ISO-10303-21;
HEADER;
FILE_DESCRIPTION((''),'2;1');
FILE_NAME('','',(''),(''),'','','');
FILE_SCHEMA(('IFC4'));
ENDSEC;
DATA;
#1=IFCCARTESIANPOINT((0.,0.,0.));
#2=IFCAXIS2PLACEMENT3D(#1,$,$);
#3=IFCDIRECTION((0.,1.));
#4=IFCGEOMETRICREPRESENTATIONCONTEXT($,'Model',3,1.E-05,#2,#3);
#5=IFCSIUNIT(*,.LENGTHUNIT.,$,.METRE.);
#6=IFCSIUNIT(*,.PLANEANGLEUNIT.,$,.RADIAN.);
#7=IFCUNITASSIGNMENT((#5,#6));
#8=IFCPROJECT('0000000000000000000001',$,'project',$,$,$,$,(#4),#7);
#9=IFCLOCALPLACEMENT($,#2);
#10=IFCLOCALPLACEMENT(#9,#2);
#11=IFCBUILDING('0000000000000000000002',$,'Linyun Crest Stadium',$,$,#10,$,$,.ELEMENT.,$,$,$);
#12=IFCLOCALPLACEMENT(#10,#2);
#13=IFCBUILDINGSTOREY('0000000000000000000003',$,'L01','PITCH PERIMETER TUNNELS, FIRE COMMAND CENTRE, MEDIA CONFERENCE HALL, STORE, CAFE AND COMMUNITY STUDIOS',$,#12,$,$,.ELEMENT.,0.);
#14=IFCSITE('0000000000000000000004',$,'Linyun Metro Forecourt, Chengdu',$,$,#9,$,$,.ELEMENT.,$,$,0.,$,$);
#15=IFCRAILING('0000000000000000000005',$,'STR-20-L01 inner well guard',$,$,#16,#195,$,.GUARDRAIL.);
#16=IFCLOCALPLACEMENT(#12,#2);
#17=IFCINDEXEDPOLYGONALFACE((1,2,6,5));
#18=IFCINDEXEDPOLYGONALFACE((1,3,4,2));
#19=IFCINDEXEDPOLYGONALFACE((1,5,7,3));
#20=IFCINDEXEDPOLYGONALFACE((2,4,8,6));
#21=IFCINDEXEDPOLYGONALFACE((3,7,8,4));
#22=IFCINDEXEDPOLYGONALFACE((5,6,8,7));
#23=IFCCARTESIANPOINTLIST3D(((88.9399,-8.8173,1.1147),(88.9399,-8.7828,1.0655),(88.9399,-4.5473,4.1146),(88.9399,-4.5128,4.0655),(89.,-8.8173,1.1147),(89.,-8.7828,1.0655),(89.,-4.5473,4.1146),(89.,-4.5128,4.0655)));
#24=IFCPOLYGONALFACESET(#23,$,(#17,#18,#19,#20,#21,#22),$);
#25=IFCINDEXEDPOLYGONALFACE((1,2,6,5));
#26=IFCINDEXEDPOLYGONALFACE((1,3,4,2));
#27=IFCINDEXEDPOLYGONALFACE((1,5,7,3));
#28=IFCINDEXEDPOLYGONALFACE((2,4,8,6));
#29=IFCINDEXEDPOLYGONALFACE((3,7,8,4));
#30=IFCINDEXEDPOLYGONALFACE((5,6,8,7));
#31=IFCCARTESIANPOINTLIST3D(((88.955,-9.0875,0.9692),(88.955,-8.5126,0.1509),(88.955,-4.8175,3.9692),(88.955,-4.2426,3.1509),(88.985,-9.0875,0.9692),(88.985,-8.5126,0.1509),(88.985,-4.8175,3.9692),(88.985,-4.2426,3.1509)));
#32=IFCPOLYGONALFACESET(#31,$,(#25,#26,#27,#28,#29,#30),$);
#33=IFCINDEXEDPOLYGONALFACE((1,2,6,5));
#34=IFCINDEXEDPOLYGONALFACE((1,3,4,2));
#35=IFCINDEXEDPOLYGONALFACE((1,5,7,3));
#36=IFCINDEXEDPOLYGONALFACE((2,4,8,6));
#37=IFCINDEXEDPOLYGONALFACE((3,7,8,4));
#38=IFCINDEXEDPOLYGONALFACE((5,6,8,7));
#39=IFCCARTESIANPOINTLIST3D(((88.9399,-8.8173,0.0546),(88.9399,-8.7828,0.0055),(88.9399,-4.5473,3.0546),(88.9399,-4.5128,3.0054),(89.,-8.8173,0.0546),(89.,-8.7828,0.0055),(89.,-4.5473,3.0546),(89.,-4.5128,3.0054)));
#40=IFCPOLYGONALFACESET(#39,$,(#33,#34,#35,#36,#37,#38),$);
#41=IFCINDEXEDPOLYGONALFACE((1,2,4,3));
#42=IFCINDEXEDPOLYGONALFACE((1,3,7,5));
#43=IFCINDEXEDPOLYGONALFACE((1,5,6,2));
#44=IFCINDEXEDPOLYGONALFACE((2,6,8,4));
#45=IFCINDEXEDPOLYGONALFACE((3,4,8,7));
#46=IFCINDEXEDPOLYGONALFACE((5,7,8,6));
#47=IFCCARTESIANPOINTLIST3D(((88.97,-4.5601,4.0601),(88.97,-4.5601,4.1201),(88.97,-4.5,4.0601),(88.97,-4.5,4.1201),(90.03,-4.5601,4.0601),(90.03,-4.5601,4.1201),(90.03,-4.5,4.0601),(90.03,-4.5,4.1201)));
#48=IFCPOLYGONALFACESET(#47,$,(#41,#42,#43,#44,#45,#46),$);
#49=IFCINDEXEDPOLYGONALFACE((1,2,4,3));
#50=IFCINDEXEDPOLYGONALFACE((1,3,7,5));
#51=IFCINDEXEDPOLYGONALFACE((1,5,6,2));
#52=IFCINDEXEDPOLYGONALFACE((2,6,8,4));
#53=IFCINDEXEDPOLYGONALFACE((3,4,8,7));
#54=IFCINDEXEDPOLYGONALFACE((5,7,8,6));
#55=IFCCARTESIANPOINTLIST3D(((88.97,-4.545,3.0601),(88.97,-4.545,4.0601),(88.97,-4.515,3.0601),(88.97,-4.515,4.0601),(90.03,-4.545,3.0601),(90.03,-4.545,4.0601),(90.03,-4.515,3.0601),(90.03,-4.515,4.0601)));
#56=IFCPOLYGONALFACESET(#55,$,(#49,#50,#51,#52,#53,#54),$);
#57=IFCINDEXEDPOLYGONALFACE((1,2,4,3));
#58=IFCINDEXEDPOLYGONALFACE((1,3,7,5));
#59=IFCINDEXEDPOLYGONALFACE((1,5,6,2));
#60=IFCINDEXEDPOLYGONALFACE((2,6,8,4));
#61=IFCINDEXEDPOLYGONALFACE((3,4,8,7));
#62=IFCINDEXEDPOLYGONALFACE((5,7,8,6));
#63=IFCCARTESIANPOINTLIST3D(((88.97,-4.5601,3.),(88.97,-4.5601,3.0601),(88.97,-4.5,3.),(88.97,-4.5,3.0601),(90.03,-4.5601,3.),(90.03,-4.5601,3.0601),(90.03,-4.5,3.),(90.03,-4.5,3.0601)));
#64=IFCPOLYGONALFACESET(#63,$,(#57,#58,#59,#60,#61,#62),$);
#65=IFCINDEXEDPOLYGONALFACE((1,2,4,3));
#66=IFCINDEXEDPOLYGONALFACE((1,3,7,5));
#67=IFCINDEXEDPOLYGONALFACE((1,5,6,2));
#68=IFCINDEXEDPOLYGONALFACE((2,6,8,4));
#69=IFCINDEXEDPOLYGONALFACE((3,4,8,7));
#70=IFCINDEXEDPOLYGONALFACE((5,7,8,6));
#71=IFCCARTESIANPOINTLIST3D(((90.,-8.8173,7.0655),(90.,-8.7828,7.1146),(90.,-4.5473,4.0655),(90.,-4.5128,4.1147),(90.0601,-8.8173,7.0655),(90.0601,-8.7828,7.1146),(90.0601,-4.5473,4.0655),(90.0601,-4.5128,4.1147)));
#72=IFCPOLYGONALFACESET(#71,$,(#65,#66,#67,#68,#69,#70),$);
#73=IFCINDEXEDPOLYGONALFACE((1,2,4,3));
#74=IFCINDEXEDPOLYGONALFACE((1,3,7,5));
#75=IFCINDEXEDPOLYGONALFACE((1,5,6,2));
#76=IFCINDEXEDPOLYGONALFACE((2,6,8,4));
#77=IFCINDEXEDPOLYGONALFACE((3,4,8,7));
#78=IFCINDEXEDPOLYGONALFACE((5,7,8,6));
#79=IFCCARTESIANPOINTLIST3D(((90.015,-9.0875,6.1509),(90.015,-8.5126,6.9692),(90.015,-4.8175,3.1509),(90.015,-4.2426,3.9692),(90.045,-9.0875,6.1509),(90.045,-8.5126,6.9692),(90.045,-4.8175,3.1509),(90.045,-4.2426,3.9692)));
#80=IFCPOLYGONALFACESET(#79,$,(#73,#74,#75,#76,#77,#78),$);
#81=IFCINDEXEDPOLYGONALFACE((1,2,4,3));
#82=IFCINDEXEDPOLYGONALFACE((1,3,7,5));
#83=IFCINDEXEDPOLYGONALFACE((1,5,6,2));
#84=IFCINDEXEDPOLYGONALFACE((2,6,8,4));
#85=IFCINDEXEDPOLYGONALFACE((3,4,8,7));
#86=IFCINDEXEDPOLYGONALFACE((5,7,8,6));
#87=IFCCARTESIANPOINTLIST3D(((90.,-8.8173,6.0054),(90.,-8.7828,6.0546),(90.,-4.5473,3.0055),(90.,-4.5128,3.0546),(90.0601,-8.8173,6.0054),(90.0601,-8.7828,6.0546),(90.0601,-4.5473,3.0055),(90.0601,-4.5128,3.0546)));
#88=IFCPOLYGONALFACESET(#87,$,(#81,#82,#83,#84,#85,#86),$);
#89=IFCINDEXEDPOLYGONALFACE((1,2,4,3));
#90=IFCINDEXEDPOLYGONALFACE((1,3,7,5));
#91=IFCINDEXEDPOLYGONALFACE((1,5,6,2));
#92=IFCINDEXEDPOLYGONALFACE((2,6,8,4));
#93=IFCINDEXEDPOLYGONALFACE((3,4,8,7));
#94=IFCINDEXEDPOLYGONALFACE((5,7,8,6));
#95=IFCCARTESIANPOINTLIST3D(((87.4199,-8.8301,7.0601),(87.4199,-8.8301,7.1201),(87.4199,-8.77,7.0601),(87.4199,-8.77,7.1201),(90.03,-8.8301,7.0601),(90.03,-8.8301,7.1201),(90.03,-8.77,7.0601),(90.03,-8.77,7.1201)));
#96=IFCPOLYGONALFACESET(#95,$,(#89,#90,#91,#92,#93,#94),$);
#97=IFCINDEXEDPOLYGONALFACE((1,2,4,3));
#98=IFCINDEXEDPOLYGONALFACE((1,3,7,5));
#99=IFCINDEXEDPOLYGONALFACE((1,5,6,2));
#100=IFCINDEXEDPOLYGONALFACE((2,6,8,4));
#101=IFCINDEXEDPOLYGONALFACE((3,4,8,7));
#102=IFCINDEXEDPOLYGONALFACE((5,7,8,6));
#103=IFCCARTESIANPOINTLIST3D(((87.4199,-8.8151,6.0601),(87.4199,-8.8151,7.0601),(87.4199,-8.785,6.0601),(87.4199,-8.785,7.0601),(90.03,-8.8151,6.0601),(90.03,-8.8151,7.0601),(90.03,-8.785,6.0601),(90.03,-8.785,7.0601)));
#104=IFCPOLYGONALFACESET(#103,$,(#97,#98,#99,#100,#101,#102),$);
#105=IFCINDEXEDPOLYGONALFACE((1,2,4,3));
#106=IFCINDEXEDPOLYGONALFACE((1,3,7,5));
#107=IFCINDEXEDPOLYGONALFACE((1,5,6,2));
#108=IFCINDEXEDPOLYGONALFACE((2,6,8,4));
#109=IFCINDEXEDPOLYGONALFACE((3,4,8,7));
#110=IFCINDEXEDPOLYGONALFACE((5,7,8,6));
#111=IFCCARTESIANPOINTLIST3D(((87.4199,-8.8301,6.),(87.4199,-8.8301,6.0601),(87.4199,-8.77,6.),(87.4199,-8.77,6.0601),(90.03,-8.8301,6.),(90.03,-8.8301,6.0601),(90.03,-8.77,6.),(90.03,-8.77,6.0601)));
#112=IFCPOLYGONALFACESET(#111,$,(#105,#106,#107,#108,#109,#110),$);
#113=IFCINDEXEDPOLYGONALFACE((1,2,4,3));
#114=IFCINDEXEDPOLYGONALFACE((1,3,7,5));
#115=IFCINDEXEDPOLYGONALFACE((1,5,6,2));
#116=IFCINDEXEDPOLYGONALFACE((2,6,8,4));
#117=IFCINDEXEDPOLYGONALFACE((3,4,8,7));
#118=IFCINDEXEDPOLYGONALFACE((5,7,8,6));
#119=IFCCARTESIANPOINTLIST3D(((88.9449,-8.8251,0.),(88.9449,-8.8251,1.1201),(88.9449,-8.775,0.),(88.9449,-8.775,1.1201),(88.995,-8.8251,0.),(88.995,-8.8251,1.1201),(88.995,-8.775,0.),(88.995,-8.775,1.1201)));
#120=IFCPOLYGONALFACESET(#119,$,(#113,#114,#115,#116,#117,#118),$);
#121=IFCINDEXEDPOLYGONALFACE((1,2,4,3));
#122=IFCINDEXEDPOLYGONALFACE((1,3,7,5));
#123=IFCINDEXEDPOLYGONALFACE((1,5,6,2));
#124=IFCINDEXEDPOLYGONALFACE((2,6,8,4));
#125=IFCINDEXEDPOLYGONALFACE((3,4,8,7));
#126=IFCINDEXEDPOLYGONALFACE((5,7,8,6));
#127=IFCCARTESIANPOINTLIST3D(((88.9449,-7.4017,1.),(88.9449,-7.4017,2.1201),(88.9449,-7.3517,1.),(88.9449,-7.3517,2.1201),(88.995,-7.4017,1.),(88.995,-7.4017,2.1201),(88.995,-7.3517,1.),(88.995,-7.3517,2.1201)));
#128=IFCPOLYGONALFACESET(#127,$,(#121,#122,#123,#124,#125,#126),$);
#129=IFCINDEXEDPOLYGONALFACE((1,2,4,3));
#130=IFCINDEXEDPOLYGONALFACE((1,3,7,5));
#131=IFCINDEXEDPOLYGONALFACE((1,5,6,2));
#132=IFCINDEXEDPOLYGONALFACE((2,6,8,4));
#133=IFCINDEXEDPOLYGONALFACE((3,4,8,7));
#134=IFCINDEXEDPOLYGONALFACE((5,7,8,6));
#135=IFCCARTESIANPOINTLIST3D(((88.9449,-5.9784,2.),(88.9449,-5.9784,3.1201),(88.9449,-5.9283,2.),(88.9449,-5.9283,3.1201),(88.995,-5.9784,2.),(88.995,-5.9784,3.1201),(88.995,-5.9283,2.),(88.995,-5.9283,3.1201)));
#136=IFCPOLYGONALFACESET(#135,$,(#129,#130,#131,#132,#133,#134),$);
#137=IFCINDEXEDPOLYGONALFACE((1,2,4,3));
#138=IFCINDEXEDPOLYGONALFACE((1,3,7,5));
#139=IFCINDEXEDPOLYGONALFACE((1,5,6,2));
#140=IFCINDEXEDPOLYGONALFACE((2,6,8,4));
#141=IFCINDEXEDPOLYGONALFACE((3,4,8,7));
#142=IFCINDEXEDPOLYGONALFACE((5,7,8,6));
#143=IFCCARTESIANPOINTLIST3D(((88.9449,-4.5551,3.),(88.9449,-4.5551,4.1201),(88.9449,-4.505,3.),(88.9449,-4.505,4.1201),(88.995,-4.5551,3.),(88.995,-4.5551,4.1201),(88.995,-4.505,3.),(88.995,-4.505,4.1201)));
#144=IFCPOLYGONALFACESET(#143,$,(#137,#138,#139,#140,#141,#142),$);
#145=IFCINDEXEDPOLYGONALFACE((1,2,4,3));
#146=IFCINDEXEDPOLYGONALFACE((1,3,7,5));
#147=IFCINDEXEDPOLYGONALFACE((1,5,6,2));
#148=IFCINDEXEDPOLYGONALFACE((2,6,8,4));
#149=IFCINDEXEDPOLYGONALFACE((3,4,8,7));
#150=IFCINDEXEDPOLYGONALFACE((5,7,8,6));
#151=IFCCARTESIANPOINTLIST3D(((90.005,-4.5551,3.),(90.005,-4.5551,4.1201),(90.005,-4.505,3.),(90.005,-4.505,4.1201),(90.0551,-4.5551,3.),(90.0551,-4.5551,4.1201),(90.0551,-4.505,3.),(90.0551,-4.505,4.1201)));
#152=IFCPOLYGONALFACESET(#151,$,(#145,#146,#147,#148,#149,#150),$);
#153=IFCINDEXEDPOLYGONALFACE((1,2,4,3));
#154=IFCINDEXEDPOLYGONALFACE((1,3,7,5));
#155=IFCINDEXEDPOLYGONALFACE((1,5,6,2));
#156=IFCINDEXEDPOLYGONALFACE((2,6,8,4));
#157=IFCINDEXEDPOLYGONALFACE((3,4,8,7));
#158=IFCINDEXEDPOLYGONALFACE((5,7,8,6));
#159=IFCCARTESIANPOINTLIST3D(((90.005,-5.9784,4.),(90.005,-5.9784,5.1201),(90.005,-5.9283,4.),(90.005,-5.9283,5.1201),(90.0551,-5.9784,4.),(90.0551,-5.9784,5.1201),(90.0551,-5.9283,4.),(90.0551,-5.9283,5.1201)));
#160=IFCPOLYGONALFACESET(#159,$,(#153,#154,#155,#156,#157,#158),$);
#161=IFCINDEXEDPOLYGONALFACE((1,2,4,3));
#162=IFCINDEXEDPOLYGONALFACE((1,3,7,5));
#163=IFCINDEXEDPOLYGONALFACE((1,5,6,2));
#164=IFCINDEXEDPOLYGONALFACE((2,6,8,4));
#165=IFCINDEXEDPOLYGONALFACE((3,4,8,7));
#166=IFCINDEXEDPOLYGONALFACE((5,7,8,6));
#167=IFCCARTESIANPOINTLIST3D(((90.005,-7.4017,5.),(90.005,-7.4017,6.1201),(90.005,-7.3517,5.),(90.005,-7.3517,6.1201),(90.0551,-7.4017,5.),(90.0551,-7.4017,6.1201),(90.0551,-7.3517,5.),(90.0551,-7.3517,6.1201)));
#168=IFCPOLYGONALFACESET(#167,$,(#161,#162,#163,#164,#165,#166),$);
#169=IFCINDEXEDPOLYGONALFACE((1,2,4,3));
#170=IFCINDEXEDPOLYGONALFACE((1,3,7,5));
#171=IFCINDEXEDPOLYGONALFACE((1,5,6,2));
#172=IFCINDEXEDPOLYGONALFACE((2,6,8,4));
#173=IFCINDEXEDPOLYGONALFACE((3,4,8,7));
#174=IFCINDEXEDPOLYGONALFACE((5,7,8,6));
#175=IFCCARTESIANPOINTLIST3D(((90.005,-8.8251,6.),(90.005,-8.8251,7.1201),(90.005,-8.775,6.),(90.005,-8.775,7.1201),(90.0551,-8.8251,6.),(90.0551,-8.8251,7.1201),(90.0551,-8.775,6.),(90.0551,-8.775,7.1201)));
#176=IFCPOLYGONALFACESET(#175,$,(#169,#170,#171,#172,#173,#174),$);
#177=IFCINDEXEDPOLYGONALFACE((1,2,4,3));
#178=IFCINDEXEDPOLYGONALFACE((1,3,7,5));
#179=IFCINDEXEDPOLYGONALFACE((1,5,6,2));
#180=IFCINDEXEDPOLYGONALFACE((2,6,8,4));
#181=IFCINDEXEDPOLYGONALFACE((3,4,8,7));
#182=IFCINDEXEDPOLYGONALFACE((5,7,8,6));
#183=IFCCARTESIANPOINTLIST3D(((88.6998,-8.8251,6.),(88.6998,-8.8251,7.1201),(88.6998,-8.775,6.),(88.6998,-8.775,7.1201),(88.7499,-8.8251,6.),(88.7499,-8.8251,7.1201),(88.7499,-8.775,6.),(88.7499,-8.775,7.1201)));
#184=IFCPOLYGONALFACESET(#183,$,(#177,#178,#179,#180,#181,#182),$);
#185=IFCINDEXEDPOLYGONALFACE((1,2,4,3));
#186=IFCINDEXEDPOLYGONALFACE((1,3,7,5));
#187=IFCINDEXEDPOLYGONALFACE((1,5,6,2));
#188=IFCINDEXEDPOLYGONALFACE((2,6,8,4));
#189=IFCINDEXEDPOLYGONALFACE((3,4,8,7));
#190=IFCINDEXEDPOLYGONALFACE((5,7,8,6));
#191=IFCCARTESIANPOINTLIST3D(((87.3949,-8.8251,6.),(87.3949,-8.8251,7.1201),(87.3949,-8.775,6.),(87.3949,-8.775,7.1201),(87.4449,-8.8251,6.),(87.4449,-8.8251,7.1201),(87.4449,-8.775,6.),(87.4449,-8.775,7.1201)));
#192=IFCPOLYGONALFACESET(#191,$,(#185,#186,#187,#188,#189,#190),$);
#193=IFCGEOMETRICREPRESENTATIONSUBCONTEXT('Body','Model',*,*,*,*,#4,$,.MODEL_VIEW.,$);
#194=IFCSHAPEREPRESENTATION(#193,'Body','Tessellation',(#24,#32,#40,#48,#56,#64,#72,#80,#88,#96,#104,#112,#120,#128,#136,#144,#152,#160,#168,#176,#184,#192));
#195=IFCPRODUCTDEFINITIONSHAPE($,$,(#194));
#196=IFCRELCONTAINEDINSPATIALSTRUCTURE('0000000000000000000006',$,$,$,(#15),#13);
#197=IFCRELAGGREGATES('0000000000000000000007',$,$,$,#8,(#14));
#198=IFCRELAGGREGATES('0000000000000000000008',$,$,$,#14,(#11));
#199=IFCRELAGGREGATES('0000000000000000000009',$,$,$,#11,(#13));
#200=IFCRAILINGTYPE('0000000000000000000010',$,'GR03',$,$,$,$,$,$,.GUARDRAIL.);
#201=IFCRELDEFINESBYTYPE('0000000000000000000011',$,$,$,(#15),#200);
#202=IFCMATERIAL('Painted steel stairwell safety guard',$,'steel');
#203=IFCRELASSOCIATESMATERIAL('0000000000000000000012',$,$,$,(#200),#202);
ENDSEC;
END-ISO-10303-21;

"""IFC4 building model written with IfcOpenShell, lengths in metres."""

from ifc_helpers import new_model, si_unit, direction, frame, origin, origin_2d, place, context, subcontext, project, spatial, rectangle, extrude, material, type_object, element, save


model = new_model("IFC4")

# Units and contexts
model_context = context("Model", 3, precision=1e-05, world=origin(), true_north=direction((0.0, 1.0)))
body_context = subcontext(model_context, "Body", "Model", "MODEL_VIEW")
ifc_project = project(units=[si_unit("LENGTHUNIT", "METRE"), si_unit("PLANEANGLEUNIT", "RADIAN")], contexts=[model_context])

# Site, building, storey
site_placement = place(None, origin())
site = spatial("IfcSite", under=ifc_project, at=site_placement, Name="Linyun Metro Forecourt, Chengdu", CompositionType="ELEMENT", RefElevation=0.0)
building_placement = place(site_placement, origin())
building = spatial("IfcBuilding", under=site, at=building_placement, Name="Linyun Crest Stadium", CompositionType="ELEMENT")
storey_placement = place(building_placement, origin())
storey = spatial("IfcBuildingStorey", under=building, at=storey_placement, Name="L01", Description="PITCH PERIMETER TUNNELS, FIRE COMMAND CENTRE, MEDIA CONFERENCE HALL, STORE, CAFE AND COMMUNITY STUDIOS", CompositionType="ELEMENT", Elevation=0.0)

# Railing
ifc_material_1 = material(Name="Painted steel stairwell safety guard", Category="steel")
railing_type_1 = type_object("IfcRailingType", Name="GR03", PredefinedType="GUARDRAIL", material=ifc_material_1)
railing_1_placement = place(storey_placement, frame((88.97, -8.8, 0.0)))
element("IfcRailing", 1, at=railing_1_placement, inside=storey, type_object=railing_type_1, Name="STR-20-L01 inner well guard", PredefinedType="GUARDRAIL", context=body_context, shape_type="SweptSolid", body=[
    extrude(rectangle(XDim=0.0601, YDim=0.0601, at=origin_2d()), frame((0.0, 0.0, 1.0901), z_axis=(0.0, 0.818242, 0.574874), x_axis=(-1.0, 0.0, 0.0)), (0.0, 0.0, 1.0), 5.2185),
    extrude(rectangle(XDim=0.03, YDim=1.0, at=origin_2d()), frame((0.0, 0.0, 0.5601), z_axis=(0.0, 0.818242, 0.574874), x_axis=(-1.0, 0.0, 0.0)), (0.0, 0.0, 1.0), 5.2185),
    extrude(rectangle(XDim=0.0601, YDim=0.0601, at=origin_2d()), frame((0.0, 0.0, 0.03), z_axis=(0.0, 0.818242, 0.574874), x_axis=(-1.0, 0.0, 0.0)), (0.0, 0.0, 1.0), 5.2185),
    extrude(rectangle(XDim=0.0601, YDim=0.0601, at=origin_2d()), frame((0.0, 4.27, 4.0901), z_axis=(1.0, 0.0, 0.0), x_axis=(0.0, 1.0, 0.0)), (0.0, 0.0, 1.0), 1.0601),
    extrude(rectangle(XDim=0.03, YDim=1.0, at=origin_2d()), frame((0.0, 4.27, 3.5601), z_axis=(1.0, 0.0, 0.0), x_axis=(0.0, 1.0, 0.0)), (0.0, 0.0, 1.0), 1.0601),
    extrude(rectangle(XDim=0.0601, YDim=0.0601, at=origin_2d()), frame((0.0, 4.27, 3.03), z_axis=(1.0, 0.0, 0.0), x_axis=(0.0, 1.0, 0.0)), (0.0, 0.0, 1.0), 1.0601),
    extrude(rectangle(XDim=0.0601, YDim=0.0601, at=origin_2d()), frame((1.0601, 4.27, 4.0901), z_axis=(0.0, -0.818242, 0.574874), x_axis=(1.0, 0.0, 0.0)), (0.0, 0.0, 1.0), 5.2185),
    extrude(rectangle(XDim=0.03, YDim=1.0, at=origin_2d()), frame((1.0601, 4.27, 3.5601), z_axis=(0.0, -0.818242, 0.574874), x_axis=(1.0, 0.0, 0.0)), (0.0, 0.0, 1.0), 5.2185),
    extrude(rectangle(XDim=0.0601, YDim=0.0601, at=origin_2d()), frame((1.0601, 4.27, 3.03), z_axis=(0.0, -0.818242, 0.574874), x_axis=(1.0, 0.0, 0.0)), (0.0, 0.0, 1.0), 5.2185),
    extrude(rectangle(XDim=0.0601, YDim=0.0601, at=origin_2d()), frame((1.0601, 0.0, 7.0901), z_axis=(-1.0, 0.0, 0.0), x_axis=(0.0, -1.0, 0.0)), (0.0, 0.0, 1.0), 2.6101),
    extrude(rectangle(XDim=0.03, YDim=1.0, at=origin_2d()), frame((1.0601, 0.0, 6.5601), z_axis=(-1.0, 0.0, 0.0), x_axis=(0.0, -1.0, 0.0)), (0.0, 0.0, 1.0), 2.6101),
    extrude(rectangle(XDim=0.0601, YDim=0.0601, at=origin_2d()), frame((1.0601, 0.0, 6.03), z_axis=(-1.0, 0.0, 0.0), x_axis=(0.0, -1.0, 0.0)), (0.0, 0.0, 1.0), 2.6101),
    extrude(rectangle(XDim=0.05, YDim=0.05, at=origin_2d()), origin(), (0.0, 0.0, 1.0), 1.1201),
    extrude(rectangle(XDim=0.05, YDim=0.05, at=origin_2d()), frame((0.0, 1.4233, 1.0)), (0.0, 0.0, 1.0), 1.1201),
    extrude(rectangle(XDim=0.05, YDim=0.05, at=origin_2d()), frame((0.0, 2.8467, 2.0)), (0.0, 0.0, 1.0), 1.1201),
    extrude(rectangle(XDim=0.05, YDim=0.05, at=origin_2d()), frame((0.0, 4.27, 3.0)), (0.0, 0.0, 1.0), 1.1201),
    extrude(rectangle(XDim=0.05, YDim=0.05, at=origin_2d()), frame((1.0601, 4.27, 3.0)), (0.0, 0.0, 1.0), 1.1201),
    extrude(rectangle(XDim=0.05, YDim=0.05, at=origin_2d()), frame((1.0601, 2.8467, 4.0)), (0.0, 0.0, 1.0), 1.1201),
    extrude(rectangle(XDim=0.05, YDim=0.05, at=origin_2d()), frame((1.0601, 1.4233, 5.0)), (0.0, 0.0, 1.0), 1.1201),
    extrude(rectangle(XDim=0.05, YDim=0.05, at=origin_2d()), frame((1.0601, 0.0, 6.0)), (0.0, 0.0, 1.0), 1.1201),
    extrude(rectangle(XDim=0.05, YDim=0.05, at=origin_2d()), frame((-0.2451, 0.0, 6.0)), (0.0, 0.0, 1.0), 1.1201),
    extrude(rectangle(XDim=0.05, YDim=0.05, at=origin_2d()), frame((-1.55, 0.0, 6.0)), (0.0, 0.0, 1.0), 1.1201),
])

save(model, "model.ifc")
